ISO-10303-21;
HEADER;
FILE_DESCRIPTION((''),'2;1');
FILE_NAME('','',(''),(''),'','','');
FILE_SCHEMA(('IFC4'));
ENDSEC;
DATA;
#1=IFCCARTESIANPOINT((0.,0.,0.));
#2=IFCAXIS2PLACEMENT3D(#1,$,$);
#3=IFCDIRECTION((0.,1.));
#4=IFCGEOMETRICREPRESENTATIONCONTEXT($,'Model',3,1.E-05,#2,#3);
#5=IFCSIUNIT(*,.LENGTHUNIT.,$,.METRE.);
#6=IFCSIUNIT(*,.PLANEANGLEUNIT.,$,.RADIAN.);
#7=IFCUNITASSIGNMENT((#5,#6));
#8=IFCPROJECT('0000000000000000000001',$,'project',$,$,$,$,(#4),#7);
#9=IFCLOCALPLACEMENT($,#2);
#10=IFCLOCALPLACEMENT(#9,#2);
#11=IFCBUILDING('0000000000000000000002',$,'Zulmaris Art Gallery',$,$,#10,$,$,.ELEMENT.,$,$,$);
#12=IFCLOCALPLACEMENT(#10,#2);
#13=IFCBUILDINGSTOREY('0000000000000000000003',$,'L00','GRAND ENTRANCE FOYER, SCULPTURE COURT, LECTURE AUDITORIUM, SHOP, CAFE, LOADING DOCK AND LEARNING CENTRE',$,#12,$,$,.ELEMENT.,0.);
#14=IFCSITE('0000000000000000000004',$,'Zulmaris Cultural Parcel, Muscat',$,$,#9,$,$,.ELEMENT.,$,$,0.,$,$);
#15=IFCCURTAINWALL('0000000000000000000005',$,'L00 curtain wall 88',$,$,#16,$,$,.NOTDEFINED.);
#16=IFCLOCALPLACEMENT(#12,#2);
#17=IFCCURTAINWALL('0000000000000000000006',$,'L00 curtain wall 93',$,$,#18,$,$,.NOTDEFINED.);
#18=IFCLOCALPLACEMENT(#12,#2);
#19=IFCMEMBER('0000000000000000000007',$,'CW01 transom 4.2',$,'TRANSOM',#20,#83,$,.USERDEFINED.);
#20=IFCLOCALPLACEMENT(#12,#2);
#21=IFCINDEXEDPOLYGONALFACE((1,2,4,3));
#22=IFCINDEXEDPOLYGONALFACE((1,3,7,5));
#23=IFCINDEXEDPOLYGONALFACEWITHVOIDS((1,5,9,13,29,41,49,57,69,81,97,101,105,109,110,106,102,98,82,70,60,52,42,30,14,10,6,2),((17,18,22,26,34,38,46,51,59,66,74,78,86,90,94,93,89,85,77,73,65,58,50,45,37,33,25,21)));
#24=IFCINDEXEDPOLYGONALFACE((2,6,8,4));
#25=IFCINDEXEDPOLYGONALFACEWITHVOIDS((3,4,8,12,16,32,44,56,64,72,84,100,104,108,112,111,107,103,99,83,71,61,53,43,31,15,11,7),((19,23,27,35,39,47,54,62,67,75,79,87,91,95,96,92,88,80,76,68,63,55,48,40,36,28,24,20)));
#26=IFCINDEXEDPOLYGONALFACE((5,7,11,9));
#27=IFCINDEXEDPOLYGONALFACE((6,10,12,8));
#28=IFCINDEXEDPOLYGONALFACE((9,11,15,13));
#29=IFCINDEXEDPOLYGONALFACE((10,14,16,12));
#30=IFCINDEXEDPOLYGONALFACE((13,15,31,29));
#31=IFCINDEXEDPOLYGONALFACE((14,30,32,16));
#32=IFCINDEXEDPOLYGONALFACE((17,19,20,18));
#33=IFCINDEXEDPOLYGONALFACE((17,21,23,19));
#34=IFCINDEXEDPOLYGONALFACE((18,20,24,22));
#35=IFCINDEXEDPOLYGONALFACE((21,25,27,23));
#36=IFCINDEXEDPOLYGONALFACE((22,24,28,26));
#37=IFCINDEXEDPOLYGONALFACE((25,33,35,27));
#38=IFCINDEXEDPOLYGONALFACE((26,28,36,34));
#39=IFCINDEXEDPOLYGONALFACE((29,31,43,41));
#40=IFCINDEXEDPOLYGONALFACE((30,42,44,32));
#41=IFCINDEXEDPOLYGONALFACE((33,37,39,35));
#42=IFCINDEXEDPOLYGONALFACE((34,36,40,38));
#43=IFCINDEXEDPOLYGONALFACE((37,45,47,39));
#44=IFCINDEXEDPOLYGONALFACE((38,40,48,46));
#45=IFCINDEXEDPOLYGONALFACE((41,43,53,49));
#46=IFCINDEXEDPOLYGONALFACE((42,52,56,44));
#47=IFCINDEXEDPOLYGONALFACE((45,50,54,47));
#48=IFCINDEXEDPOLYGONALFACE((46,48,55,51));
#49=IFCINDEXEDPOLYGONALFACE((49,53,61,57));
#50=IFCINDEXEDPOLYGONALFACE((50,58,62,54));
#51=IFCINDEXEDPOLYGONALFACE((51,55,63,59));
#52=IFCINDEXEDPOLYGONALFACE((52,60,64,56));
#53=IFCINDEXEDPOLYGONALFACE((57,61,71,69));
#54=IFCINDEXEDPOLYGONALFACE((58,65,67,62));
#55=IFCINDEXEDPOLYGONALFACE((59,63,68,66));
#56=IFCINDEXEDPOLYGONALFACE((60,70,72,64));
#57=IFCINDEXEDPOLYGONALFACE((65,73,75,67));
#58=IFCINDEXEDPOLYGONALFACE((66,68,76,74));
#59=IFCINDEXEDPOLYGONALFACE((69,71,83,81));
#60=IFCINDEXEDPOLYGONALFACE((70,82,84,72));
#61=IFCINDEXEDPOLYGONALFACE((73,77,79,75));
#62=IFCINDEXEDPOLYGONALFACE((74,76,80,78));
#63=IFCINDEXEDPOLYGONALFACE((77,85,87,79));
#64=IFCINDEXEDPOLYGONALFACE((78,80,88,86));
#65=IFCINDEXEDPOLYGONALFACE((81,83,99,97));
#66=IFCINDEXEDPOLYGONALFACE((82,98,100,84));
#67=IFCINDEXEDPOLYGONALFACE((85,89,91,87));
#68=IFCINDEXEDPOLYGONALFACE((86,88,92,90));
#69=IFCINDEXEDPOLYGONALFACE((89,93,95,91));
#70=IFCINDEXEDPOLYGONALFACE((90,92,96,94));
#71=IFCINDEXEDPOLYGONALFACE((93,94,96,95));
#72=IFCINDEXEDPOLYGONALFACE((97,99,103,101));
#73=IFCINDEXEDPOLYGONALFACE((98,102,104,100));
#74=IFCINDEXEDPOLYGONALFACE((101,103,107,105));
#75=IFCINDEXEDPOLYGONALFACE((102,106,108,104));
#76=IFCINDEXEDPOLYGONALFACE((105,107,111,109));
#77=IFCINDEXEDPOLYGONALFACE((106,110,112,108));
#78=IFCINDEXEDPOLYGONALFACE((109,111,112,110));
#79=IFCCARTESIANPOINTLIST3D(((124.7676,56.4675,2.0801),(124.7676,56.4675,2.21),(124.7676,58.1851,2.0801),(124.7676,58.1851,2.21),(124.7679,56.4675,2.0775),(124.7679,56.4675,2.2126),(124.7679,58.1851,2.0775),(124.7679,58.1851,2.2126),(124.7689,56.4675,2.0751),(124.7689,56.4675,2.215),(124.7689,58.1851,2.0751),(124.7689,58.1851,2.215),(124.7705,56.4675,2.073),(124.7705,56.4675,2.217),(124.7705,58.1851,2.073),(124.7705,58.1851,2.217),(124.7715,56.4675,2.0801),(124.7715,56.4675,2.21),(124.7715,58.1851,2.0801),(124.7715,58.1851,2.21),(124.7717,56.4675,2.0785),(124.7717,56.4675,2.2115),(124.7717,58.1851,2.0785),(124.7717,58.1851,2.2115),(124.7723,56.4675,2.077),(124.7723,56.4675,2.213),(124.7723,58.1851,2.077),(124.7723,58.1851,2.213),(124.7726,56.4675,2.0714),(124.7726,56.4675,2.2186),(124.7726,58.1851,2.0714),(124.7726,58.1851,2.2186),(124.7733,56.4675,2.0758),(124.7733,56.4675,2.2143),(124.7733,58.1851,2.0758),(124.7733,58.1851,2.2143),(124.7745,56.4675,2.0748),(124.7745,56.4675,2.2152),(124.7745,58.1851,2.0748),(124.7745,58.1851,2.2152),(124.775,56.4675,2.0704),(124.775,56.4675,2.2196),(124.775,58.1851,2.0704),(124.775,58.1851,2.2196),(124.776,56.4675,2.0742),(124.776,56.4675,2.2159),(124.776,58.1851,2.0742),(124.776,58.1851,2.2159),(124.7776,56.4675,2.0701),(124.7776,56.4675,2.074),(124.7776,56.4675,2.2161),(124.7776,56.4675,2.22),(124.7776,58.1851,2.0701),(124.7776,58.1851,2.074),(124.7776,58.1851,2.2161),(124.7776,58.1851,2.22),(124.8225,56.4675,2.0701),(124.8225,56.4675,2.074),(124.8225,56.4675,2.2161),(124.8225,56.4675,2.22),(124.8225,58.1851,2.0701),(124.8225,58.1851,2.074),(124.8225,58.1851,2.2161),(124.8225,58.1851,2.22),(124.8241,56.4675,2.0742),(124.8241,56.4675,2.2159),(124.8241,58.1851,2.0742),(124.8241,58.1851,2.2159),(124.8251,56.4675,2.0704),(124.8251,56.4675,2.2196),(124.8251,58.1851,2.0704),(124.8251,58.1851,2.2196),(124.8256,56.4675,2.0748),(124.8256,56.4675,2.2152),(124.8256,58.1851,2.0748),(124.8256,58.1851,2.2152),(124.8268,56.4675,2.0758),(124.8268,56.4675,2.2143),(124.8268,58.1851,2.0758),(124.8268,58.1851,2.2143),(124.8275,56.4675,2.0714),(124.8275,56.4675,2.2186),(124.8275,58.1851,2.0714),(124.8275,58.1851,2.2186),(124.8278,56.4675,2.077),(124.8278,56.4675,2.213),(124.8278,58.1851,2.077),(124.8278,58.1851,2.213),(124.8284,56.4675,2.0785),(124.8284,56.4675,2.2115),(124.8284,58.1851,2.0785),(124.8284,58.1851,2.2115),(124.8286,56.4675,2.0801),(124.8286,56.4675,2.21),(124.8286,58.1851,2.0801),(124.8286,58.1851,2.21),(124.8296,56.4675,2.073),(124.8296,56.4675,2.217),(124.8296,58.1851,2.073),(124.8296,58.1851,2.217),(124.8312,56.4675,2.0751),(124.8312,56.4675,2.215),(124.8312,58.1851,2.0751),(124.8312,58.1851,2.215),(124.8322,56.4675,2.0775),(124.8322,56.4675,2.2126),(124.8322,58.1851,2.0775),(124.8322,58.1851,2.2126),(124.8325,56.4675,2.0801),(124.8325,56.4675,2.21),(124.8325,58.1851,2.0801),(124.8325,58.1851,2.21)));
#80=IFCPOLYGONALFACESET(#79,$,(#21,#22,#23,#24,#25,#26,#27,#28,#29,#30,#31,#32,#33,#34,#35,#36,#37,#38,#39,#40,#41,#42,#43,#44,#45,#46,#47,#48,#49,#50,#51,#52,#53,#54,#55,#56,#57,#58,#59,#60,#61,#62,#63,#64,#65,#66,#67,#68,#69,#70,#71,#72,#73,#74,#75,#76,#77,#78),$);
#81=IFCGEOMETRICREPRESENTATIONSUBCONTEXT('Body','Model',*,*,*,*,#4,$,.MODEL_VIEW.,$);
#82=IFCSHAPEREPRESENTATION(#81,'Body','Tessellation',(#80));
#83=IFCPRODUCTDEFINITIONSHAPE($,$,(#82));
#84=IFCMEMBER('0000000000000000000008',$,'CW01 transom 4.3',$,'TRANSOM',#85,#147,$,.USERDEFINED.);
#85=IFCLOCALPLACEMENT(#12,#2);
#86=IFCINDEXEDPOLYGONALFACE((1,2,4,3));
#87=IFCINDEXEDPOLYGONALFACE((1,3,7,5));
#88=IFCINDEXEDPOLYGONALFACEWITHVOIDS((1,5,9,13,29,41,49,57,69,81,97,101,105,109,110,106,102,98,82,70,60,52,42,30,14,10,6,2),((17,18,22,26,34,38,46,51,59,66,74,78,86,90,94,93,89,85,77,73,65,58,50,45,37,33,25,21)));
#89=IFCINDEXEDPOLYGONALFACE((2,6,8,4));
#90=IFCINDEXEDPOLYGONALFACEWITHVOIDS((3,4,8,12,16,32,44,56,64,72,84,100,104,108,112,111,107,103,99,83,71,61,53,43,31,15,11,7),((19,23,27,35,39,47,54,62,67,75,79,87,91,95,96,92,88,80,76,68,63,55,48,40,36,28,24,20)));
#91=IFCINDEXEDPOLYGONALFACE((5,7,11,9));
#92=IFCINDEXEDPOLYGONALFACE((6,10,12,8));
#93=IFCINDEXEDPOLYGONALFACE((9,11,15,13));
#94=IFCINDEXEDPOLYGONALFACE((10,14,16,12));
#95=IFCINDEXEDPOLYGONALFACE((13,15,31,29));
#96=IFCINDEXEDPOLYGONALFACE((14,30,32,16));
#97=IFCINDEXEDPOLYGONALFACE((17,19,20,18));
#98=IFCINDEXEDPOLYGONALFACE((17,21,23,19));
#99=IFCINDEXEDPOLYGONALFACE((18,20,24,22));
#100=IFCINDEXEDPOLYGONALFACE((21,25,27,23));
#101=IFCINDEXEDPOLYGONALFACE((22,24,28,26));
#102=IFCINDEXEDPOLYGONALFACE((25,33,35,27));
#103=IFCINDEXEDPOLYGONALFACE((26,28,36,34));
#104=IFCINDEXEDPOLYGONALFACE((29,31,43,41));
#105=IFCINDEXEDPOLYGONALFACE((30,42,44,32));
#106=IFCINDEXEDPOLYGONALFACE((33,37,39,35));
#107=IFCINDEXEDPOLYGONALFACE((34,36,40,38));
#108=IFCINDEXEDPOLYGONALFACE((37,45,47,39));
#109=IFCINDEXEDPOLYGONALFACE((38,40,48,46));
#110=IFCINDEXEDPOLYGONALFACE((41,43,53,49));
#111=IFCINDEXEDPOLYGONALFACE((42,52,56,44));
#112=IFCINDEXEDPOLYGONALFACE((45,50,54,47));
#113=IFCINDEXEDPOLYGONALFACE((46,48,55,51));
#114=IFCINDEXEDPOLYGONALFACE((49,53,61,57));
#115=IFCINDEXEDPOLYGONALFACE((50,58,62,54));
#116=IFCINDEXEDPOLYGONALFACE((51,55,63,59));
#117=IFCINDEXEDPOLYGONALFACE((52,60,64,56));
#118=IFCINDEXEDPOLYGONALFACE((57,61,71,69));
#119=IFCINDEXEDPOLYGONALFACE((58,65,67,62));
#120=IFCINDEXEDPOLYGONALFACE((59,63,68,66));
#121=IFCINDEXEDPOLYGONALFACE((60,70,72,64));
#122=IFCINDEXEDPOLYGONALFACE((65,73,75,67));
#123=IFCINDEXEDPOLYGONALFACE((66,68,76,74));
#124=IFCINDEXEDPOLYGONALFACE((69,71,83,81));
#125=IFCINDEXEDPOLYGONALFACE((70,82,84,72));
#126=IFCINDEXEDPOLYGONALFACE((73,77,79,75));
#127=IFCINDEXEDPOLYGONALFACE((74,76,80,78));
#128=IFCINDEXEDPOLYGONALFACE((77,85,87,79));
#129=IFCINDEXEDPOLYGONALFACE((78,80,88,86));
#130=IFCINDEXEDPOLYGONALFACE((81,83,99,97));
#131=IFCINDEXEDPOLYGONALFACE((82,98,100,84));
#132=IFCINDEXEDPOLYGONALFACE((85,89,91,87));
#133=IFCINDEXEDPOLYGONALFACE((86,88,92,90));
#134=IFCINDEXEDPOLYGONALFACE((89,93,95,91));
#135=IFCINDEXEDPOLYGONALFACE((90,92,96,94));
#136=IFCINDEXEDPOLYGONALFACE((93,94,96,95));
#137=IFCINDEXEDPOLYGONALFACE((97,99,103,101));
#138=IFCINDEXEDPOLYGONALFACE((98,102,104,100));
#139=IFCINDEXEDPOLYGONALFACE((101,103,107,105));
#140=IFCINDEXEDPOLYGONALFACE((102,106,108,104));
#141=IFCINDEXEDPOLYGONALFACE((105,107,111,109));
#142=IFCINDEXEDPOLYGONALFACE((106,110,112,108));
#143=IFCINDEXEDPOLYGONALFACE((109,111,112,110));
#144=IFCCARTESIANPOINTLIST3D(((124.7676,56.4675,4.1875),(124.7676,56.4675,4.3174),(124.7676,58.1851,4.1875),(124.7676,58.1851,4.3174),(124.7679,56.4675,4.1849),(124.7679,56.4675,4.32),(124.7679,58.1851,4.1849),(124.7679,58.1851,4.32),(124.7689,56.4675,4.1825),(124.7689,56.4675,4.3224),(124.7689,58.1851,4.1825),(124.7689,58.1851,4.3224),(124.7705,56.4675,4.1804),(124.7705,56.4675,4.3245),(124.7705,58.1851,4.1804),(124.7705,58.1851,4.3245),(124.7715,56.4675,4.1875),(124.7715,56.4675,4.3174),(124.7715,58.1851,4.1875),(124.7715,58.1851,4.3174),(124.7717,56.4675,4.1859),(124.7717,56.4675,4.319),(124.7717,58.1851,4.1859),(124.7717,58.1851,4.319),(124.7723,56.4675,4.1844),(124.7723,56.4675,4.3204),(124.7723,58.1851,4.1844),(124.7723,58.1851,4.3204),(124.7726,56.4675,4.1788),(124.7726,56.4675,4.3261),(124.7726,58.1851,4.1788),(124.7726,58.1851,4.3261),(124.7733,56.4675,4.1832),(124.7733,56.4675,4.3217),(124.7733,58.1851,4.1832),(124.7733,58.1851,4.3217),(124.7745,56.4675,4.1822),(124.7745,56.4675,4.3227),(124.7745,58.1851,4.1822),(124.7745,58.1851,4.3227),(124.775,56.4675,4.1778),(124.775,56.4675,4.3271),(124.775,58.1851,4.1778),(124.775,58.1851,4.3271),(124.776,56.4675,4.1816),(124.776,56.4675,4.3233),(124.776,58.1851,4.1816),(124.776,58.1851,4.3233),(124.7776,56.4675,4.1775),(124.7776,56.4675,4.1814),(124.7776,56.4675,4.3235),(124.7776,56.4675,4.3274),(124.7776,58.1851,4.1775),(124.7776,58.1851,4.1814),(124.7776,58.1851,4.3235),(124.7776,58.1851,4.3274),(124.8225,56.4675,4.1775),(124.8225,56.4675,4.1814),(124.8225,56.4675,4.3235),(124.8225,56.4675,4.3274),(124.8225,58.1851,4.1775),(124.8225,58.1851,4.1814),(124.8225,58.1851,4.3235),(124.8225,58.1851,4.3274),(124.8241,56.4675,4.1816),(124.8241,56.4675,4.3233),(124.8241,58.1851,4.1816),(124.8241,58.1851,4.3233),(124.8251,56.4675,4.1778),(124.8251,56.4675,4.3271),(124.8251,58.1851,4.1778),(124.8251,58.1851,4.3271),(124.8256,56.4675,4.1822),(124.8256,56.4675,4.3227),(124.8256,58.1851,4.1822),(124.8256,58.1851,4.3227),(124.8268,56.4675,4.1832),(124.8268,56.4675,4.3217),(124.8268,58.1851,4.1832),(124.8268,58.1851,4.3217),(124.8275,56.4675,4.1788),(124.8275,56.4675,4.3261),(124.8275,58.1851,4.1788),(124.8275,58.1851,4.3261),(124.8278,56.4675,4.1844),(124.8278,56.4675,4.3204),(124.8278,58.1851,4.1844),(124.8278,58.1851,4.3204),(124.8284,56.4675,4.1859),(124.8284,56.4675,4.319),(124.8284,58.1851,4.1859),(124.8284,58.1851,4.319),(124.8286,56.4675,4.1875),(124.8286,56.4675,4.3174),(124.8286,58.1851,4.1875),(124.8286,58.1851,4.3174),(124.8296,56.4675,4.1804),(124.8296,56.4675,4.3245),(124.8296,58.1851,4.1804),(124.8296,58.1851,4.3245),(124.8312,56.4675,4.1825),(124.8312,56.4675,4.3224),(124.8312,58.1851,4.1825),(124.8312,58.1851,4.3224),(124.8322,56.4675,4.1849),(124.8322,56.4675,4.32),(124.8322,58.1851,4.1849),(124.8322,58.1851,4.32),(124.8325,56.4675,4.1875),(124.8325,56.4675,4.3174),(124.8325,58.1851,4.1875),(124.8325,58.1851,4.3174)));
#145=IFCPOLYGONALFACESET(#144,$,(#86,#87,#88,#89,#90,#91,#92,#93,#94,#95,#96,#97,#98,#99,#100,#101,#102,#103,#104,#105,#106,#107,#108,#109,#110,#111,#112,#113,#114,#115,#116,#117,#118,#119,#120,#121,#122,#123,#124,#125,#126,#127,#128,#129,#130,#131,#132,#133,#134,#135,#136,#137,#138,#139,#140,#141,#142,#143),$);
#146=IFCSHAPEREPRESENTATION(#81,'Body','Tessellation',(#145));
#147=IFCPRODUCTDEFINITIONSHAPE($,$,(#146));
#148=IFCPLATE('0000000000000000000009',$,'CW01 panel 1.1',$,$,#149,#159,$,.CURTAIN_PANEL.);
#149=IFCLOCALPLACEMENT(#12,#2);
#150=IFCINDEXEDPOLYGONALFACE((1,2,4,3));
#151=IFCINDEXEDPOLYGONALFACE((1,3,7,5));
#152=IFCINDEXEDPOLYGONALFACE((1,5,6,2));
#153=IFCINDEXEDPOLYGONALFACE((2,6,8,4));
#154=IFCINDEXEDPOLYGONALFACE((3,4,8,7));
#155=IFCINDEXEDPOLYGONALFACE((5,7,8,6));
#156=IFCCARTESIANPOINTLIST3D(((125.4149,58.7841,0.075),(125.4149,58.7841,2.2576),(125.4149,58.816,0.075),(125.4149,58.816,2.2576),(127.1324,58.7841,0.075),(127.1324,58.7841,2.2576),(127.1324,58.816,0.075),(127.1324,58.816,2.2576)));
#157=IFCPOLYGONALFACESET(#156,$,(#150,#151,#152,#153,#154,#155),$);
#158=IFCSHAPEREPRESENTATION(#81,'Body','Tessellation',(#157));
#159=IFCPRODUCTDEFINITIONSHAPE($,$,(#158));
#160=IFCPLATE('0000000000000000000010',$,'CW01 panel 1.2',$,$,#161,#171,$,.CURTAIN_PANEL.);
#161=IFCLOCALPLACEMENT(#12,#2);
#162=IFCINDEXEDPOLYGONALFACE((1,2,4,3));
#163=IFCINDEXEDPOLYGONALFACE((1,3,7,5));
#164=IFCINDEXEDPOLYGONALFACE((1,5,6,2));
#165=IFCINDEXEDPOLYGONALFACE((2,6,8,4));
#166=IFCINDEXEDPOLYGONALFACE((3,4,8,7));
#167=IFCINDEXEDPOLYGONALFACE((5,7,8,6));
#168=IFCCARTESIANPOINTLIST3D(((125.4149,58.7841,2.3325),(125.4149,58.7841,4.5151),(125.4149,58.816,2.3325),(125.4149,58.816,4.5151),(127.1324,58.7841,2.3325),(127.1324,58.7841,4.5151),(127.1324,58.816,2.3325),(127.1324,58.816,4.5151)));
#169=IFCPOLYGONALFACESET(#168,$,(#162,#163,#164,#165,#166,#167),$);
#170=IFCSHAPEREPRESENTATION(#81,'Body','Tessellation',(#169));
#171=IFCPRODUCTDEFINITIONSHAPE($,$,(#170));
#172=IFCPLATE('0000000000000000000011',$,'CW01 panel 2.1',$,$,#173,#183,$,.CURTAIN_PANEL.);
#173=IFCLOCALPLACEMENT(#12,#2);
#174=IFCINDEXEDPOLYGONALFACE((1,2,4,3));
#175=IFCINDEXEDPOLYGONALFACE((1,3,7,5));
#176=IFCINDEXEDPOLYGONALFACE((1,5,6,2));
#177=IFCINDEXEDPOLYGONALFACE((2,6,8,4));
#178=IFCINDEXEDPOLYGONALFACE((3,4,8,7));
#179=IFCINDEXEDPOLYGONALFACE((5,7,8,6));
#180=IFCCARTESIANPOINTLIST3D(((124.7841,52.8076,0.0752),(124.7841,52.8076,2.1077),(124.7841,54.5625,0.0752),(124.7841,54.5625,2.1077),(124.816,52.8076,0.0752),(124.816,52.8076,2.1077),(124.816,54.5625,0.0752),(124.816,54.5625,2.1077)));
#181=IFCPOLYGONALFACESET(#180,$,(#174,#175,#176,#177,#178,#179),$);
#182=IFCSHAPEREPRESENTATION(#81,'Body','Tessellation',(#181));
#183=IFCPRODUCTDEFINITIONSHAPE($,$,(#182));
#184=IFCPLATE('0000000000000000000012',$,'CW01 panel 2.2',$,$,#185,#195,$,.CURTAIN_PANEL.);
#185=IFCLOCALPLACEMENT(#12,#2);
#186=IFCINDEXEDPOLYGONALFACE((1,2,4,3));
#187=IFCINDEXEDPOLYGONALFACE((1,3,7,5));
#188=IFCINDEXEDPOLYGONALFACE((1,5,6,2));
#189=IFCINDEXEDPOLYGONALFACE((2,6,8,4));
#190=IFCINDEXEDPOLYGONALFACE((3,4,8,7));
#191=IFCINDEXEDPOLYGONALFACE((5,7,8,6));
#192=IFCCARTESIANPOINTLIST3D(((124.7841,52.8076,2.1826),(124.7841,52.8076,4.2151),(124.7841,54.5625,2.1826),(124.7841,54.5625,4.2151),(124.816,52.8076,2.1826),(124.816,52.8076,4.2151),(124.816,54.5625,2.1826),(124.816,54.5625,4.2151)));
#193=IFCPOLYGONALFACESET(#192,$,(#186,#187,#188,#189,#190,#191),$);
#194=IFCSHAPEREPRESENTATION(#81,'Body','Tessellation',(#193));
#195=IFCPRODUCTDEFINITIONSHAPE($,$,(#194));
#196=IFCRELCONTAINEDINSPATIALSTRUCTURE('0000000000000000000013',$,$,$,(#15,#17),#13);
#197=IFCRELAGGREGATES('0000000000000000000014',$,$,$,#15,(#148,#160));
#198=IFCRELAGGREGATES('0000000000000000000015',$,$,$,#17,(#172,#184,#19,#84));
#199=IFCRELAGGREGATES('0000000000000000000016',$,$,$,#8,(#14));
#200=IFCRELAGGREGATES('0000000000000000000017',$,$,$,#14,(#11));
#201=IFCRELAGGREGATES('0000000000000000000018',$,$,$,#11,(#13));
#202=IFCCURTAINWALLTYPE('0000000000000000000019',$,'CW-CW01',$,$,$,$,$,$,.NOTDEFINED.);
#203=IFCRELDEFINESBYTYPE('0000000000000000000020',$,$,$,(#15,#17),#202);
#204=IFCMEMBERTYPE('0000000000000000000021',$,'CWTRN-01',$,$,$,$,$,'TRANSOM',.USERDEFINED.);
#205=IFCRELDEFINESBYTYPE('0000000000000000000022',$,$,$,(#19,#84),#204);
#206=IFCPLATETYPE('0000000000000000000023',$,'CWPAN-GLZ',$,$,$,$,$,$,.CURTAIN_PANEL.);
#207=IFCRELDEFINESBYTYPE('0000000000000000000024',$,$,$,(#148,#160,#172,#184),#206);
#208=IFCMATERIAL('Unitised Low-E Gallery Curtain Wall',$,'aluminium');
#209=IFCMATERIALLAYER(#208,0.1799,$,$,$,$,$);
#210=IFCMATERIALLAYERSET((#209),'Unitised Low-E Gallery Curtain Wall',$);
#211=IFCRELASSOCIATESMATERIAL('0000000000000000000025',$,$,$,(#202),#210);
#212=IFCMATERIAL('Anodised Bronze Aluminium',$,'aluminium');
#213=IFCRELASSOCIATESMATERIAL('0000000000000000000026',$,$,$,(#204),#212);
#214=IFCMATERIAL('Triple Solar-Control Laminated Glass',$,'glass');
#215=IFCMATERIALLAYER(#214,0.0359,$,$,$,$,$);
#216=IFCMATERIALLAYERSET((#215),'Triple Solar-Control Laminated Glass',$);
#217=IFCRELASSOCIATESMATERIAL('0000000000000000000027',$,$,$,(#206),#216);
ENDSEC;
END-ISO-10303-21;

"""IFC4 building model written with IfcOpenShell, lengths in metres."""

from ifc_helpers import new_model, si_unit, direction, frame, origin, origin_2d, place, context, subcontext, project, spatial, rectangle, hollow_rectangle, extrude, material, layer, layer_set, material_profile, profile_set, type_object, element, aggregate, save


model = new_model("IFC4")

# Units and contexts
model_context = context("Model", 3, precision=1e-05, world=origin(), true_north=direction((0.0, 1.0)))
body_context = subcontext(model_context, "Body", "Model", "MODEL_VIEW")
ifc_project = project(units=[si_unit("LENGTHUNIT", "METRE"), si_unit("PLANEANGLEUNIT", "RADIAN")], contexts=[model_context])

# Site, building, storey
site_placement = place(None, origin())
site = spatial("IfcSite", under=ifc_project, at=site_placement, Name="Zulmaris Cultural Parcel, Muscat", CompositionType="ELEMENT", RefElevation=0.0)
building_placement = place(site_placement, origin())
building = spatial("IfcBuilding", under=site, at=building_placement, Name="Zulmaris Art Gallery", CompositionType="ELEMENT")
storey_placement = place(building_placement, origin())
storey = spatial("IfcBuildingStorey", under=building, at=storey_placement, Name="L00", Description="GRAND ENTRANCE FOYER, SCULPTURE COURT, LECTURE AUDITORIUM, SHOP, CAFE, LOADING DOCK AND LEARNING CENTRE", CompositionType="ELEMENT", Elevation=0.0)

# Curtain walls
ifc_material_1 = material(Name="Unitised Low-E Gallery Curtain Wall", Category="aluminium")
ifc_layer_1 = layer(ifc_material_1, 0.1799)
ifc_layer_set_1 = layer_set([ifc_layer_1], Name="Unitised Low-E Gallery Curtain Wall")
curtain_wall_type = type_object("IfcCurtainWallType", Name="CW-CW01", PredefinedType="NOTDEFINED", material=ifc_layer_set_1)
curtain_wall_1_placement = place(storey_placement, origin())
curtain_wall_1 = element("IfcCurtainWall", 1, at=curtain_wall_1_placement, inside=storey, type_object=curtain_wall_type, Name="L00 curtain wall 88", PredefinedType="NOTDEFINED")
ifc_material_2 = material(Name="Anodised Bronze Aluminium", Category="aluminium")
curtain_wall_2_placement = place(storey_placement, origin())
curtain_wall_2 = element("IfcCurtainWall", 2, at=curtain_wall_2_placement, inside=storey, type_object=curtain_wall_type, Name="L00 curtain wall 93", PredefinedType="NOTDEFINED")

# Members
ifc_material_profile_1 = material_profile(ifc_material_2, hollow_rectangle(XDim=0.0649, YDim=0.1499, WallThickness=0.0039, InnerFilletRadius=0.0061, OuterFilletRadius=0.01, at=origin_2d()), Name="ALU 65x150x4")
ifc_profile_set_1 = profile_set([ifc_material_profile_1], Name="Anodised Bronze Aluminium")
member_type_1 = type_object("IfcMemberType", Name="CWTRN-01", ElementType="TRANSOM", PredefinedType="USERDEFINED", material=ifc_profile_set_1)
member_1_placement = place(storey_placement, frame((124.8, 56.4675, 2.145), z_axis=(0.0, 1.0, 0.0), x_axis=(-1.0, 0.0, 0.0)))
member_1 = element("IfcMember", 3, at=member_1_placement, type_object=member_type_1, Name="CW01 transom 4.2", ObjectType="TRANSOM", PredefinedType="USERDEFINED", context=body_context, shape_type="SweptSolid", body=[
    extrude(hollow_rectangle(XDim=0.0649, YDim=0.1499, WallThickness=0.0039, InnerFilletRadius=0.0061, OuterFilletRadius=0.01, at=origin_2d()), origin(), (0.0, 0.0, 1.0), 1.7175),
])
member_2_placement = place(storey_placement, frame((124.8, 56.4675, 4.2524), z_axis=(0.0, 1.0, 0.0), x_axis=(-1.0, 0.0, 0.0)))
member_2 = element("IfcMember", 4, at=member_2_placement, type_object=member_type_1, Name="CW01 transom 4.3", ObjectType="TRANSOM", PredefinedType="USERDEFINED", context=body_context, shape_type="SweptSolid", body=[
    extrude(hollow_rectangle(XDim=0.0649, YDim=0.1499, WallThickness=0.0039, InnerFilletRadius=0.0061, OuterFilletRadius=0.01, at=origin_2d()), origin(), (0.0, 0.0, 1.0), 1.7175),
])

# Plates
ifc_material_3 = material(Name="Triple Solar-Control Laminated Glass", Category="glass")
ifc_layer_2 = layer(ifc_material_3, 0.0359)
ifc_layer_set_2 = layer_set([ifc_layer_2], Name="Triple Solar-Control Laminated Glass")
plate_type = type_object("IfcPlateType", Name="CWPAN-GLZ", PredefinedType="CURTAIN_PANEL", material=ifc_layer_set_2)
plate_1_placement = place(storey_placement, frame((126.2737, 58.8, 0.075), z_axis=(0.0, 0.0, 1.0), x_axis=(1.0, 0.0, 0.0)))
plate_1 = element("IfcPlate", 5, at=plate_1_placement, type_object=plate_type, Name="CW01 panel 1.1", PredefinedType="CURTAIN_PANEL", context=body_context, shape_type="SweptSolid", body=[
    extrude(rectangle(XDim=1.7175, YDim=0.032, at=origin_2d()), origin(), (0.0, 0.0, 1.0), 2.1826),
])
plate_2_placement = place(storey_placement, frame((126.2737, 58.8, 2.3325), z_axis=(0.0, 0.0, 1.0), x_axis=(1.0, 0.0, 0.0)))
plate_2 = element("IfcPlate", 6, at=plate_2_placement, type_object=plate_type, Name="CW01 panel 1.2", PredefinedType="CURTAIN_PANEL", context=body_context, shape_type="SweptSolid", body=[
    extrude(rectangle(XDim=1.7175, YDim=0.032, at=origin_2d()), origin(), (0.0, 0.0, 1.0), 2.1826),
])
aggregate(curtain_wall_1, [plate_1, plate_2])
plate_3_placement = place(storey_placement, frame((124.8, 53.6851, 0.0752), z_axis=(0.0, 0.0, 1.0), x_axis=(0.0, 1.0, 0.0)))
plate_3 = element("IfcPlate", 7, at=plate_3_placement, type_object=plate_type, Name="CW01 panel 2.1", PredefinedType="CURTAIN_PANEL", context=body_context, shape_type="SweptSolid", body=[
    extrude(rectangle(XDim=1.7549, YDim=0.032, at=origin_2d()), origin(), (0.0, 0.0, 1.0), 2.0325),
])
plate_4_placement = place(storey_placement, frame((124.8, 53.6851, 2.1826), z_axis=(0.0, 0.0, 1.0), x_axis=(0.0, 1.0, 0.0)))
plate_4 = element("IfcPlate", 8, at=plate_4_placement, type_object=plate_type, Name="CW01 panel 2.2", PredefinedType="CURTAIN_PANEL", context=body_context, shape_type="SweptSolid", body=[
    extrude(rectangle(XDim=1.7549, YDim=0.032, at=origin_2d()), origin(), (0.0, 0.0, 1.0), 2.0325),
])
aggregate(curtain_wall_2, [plate_3, plate_4, member_1, member_2])

save(model, "model.ifc")
